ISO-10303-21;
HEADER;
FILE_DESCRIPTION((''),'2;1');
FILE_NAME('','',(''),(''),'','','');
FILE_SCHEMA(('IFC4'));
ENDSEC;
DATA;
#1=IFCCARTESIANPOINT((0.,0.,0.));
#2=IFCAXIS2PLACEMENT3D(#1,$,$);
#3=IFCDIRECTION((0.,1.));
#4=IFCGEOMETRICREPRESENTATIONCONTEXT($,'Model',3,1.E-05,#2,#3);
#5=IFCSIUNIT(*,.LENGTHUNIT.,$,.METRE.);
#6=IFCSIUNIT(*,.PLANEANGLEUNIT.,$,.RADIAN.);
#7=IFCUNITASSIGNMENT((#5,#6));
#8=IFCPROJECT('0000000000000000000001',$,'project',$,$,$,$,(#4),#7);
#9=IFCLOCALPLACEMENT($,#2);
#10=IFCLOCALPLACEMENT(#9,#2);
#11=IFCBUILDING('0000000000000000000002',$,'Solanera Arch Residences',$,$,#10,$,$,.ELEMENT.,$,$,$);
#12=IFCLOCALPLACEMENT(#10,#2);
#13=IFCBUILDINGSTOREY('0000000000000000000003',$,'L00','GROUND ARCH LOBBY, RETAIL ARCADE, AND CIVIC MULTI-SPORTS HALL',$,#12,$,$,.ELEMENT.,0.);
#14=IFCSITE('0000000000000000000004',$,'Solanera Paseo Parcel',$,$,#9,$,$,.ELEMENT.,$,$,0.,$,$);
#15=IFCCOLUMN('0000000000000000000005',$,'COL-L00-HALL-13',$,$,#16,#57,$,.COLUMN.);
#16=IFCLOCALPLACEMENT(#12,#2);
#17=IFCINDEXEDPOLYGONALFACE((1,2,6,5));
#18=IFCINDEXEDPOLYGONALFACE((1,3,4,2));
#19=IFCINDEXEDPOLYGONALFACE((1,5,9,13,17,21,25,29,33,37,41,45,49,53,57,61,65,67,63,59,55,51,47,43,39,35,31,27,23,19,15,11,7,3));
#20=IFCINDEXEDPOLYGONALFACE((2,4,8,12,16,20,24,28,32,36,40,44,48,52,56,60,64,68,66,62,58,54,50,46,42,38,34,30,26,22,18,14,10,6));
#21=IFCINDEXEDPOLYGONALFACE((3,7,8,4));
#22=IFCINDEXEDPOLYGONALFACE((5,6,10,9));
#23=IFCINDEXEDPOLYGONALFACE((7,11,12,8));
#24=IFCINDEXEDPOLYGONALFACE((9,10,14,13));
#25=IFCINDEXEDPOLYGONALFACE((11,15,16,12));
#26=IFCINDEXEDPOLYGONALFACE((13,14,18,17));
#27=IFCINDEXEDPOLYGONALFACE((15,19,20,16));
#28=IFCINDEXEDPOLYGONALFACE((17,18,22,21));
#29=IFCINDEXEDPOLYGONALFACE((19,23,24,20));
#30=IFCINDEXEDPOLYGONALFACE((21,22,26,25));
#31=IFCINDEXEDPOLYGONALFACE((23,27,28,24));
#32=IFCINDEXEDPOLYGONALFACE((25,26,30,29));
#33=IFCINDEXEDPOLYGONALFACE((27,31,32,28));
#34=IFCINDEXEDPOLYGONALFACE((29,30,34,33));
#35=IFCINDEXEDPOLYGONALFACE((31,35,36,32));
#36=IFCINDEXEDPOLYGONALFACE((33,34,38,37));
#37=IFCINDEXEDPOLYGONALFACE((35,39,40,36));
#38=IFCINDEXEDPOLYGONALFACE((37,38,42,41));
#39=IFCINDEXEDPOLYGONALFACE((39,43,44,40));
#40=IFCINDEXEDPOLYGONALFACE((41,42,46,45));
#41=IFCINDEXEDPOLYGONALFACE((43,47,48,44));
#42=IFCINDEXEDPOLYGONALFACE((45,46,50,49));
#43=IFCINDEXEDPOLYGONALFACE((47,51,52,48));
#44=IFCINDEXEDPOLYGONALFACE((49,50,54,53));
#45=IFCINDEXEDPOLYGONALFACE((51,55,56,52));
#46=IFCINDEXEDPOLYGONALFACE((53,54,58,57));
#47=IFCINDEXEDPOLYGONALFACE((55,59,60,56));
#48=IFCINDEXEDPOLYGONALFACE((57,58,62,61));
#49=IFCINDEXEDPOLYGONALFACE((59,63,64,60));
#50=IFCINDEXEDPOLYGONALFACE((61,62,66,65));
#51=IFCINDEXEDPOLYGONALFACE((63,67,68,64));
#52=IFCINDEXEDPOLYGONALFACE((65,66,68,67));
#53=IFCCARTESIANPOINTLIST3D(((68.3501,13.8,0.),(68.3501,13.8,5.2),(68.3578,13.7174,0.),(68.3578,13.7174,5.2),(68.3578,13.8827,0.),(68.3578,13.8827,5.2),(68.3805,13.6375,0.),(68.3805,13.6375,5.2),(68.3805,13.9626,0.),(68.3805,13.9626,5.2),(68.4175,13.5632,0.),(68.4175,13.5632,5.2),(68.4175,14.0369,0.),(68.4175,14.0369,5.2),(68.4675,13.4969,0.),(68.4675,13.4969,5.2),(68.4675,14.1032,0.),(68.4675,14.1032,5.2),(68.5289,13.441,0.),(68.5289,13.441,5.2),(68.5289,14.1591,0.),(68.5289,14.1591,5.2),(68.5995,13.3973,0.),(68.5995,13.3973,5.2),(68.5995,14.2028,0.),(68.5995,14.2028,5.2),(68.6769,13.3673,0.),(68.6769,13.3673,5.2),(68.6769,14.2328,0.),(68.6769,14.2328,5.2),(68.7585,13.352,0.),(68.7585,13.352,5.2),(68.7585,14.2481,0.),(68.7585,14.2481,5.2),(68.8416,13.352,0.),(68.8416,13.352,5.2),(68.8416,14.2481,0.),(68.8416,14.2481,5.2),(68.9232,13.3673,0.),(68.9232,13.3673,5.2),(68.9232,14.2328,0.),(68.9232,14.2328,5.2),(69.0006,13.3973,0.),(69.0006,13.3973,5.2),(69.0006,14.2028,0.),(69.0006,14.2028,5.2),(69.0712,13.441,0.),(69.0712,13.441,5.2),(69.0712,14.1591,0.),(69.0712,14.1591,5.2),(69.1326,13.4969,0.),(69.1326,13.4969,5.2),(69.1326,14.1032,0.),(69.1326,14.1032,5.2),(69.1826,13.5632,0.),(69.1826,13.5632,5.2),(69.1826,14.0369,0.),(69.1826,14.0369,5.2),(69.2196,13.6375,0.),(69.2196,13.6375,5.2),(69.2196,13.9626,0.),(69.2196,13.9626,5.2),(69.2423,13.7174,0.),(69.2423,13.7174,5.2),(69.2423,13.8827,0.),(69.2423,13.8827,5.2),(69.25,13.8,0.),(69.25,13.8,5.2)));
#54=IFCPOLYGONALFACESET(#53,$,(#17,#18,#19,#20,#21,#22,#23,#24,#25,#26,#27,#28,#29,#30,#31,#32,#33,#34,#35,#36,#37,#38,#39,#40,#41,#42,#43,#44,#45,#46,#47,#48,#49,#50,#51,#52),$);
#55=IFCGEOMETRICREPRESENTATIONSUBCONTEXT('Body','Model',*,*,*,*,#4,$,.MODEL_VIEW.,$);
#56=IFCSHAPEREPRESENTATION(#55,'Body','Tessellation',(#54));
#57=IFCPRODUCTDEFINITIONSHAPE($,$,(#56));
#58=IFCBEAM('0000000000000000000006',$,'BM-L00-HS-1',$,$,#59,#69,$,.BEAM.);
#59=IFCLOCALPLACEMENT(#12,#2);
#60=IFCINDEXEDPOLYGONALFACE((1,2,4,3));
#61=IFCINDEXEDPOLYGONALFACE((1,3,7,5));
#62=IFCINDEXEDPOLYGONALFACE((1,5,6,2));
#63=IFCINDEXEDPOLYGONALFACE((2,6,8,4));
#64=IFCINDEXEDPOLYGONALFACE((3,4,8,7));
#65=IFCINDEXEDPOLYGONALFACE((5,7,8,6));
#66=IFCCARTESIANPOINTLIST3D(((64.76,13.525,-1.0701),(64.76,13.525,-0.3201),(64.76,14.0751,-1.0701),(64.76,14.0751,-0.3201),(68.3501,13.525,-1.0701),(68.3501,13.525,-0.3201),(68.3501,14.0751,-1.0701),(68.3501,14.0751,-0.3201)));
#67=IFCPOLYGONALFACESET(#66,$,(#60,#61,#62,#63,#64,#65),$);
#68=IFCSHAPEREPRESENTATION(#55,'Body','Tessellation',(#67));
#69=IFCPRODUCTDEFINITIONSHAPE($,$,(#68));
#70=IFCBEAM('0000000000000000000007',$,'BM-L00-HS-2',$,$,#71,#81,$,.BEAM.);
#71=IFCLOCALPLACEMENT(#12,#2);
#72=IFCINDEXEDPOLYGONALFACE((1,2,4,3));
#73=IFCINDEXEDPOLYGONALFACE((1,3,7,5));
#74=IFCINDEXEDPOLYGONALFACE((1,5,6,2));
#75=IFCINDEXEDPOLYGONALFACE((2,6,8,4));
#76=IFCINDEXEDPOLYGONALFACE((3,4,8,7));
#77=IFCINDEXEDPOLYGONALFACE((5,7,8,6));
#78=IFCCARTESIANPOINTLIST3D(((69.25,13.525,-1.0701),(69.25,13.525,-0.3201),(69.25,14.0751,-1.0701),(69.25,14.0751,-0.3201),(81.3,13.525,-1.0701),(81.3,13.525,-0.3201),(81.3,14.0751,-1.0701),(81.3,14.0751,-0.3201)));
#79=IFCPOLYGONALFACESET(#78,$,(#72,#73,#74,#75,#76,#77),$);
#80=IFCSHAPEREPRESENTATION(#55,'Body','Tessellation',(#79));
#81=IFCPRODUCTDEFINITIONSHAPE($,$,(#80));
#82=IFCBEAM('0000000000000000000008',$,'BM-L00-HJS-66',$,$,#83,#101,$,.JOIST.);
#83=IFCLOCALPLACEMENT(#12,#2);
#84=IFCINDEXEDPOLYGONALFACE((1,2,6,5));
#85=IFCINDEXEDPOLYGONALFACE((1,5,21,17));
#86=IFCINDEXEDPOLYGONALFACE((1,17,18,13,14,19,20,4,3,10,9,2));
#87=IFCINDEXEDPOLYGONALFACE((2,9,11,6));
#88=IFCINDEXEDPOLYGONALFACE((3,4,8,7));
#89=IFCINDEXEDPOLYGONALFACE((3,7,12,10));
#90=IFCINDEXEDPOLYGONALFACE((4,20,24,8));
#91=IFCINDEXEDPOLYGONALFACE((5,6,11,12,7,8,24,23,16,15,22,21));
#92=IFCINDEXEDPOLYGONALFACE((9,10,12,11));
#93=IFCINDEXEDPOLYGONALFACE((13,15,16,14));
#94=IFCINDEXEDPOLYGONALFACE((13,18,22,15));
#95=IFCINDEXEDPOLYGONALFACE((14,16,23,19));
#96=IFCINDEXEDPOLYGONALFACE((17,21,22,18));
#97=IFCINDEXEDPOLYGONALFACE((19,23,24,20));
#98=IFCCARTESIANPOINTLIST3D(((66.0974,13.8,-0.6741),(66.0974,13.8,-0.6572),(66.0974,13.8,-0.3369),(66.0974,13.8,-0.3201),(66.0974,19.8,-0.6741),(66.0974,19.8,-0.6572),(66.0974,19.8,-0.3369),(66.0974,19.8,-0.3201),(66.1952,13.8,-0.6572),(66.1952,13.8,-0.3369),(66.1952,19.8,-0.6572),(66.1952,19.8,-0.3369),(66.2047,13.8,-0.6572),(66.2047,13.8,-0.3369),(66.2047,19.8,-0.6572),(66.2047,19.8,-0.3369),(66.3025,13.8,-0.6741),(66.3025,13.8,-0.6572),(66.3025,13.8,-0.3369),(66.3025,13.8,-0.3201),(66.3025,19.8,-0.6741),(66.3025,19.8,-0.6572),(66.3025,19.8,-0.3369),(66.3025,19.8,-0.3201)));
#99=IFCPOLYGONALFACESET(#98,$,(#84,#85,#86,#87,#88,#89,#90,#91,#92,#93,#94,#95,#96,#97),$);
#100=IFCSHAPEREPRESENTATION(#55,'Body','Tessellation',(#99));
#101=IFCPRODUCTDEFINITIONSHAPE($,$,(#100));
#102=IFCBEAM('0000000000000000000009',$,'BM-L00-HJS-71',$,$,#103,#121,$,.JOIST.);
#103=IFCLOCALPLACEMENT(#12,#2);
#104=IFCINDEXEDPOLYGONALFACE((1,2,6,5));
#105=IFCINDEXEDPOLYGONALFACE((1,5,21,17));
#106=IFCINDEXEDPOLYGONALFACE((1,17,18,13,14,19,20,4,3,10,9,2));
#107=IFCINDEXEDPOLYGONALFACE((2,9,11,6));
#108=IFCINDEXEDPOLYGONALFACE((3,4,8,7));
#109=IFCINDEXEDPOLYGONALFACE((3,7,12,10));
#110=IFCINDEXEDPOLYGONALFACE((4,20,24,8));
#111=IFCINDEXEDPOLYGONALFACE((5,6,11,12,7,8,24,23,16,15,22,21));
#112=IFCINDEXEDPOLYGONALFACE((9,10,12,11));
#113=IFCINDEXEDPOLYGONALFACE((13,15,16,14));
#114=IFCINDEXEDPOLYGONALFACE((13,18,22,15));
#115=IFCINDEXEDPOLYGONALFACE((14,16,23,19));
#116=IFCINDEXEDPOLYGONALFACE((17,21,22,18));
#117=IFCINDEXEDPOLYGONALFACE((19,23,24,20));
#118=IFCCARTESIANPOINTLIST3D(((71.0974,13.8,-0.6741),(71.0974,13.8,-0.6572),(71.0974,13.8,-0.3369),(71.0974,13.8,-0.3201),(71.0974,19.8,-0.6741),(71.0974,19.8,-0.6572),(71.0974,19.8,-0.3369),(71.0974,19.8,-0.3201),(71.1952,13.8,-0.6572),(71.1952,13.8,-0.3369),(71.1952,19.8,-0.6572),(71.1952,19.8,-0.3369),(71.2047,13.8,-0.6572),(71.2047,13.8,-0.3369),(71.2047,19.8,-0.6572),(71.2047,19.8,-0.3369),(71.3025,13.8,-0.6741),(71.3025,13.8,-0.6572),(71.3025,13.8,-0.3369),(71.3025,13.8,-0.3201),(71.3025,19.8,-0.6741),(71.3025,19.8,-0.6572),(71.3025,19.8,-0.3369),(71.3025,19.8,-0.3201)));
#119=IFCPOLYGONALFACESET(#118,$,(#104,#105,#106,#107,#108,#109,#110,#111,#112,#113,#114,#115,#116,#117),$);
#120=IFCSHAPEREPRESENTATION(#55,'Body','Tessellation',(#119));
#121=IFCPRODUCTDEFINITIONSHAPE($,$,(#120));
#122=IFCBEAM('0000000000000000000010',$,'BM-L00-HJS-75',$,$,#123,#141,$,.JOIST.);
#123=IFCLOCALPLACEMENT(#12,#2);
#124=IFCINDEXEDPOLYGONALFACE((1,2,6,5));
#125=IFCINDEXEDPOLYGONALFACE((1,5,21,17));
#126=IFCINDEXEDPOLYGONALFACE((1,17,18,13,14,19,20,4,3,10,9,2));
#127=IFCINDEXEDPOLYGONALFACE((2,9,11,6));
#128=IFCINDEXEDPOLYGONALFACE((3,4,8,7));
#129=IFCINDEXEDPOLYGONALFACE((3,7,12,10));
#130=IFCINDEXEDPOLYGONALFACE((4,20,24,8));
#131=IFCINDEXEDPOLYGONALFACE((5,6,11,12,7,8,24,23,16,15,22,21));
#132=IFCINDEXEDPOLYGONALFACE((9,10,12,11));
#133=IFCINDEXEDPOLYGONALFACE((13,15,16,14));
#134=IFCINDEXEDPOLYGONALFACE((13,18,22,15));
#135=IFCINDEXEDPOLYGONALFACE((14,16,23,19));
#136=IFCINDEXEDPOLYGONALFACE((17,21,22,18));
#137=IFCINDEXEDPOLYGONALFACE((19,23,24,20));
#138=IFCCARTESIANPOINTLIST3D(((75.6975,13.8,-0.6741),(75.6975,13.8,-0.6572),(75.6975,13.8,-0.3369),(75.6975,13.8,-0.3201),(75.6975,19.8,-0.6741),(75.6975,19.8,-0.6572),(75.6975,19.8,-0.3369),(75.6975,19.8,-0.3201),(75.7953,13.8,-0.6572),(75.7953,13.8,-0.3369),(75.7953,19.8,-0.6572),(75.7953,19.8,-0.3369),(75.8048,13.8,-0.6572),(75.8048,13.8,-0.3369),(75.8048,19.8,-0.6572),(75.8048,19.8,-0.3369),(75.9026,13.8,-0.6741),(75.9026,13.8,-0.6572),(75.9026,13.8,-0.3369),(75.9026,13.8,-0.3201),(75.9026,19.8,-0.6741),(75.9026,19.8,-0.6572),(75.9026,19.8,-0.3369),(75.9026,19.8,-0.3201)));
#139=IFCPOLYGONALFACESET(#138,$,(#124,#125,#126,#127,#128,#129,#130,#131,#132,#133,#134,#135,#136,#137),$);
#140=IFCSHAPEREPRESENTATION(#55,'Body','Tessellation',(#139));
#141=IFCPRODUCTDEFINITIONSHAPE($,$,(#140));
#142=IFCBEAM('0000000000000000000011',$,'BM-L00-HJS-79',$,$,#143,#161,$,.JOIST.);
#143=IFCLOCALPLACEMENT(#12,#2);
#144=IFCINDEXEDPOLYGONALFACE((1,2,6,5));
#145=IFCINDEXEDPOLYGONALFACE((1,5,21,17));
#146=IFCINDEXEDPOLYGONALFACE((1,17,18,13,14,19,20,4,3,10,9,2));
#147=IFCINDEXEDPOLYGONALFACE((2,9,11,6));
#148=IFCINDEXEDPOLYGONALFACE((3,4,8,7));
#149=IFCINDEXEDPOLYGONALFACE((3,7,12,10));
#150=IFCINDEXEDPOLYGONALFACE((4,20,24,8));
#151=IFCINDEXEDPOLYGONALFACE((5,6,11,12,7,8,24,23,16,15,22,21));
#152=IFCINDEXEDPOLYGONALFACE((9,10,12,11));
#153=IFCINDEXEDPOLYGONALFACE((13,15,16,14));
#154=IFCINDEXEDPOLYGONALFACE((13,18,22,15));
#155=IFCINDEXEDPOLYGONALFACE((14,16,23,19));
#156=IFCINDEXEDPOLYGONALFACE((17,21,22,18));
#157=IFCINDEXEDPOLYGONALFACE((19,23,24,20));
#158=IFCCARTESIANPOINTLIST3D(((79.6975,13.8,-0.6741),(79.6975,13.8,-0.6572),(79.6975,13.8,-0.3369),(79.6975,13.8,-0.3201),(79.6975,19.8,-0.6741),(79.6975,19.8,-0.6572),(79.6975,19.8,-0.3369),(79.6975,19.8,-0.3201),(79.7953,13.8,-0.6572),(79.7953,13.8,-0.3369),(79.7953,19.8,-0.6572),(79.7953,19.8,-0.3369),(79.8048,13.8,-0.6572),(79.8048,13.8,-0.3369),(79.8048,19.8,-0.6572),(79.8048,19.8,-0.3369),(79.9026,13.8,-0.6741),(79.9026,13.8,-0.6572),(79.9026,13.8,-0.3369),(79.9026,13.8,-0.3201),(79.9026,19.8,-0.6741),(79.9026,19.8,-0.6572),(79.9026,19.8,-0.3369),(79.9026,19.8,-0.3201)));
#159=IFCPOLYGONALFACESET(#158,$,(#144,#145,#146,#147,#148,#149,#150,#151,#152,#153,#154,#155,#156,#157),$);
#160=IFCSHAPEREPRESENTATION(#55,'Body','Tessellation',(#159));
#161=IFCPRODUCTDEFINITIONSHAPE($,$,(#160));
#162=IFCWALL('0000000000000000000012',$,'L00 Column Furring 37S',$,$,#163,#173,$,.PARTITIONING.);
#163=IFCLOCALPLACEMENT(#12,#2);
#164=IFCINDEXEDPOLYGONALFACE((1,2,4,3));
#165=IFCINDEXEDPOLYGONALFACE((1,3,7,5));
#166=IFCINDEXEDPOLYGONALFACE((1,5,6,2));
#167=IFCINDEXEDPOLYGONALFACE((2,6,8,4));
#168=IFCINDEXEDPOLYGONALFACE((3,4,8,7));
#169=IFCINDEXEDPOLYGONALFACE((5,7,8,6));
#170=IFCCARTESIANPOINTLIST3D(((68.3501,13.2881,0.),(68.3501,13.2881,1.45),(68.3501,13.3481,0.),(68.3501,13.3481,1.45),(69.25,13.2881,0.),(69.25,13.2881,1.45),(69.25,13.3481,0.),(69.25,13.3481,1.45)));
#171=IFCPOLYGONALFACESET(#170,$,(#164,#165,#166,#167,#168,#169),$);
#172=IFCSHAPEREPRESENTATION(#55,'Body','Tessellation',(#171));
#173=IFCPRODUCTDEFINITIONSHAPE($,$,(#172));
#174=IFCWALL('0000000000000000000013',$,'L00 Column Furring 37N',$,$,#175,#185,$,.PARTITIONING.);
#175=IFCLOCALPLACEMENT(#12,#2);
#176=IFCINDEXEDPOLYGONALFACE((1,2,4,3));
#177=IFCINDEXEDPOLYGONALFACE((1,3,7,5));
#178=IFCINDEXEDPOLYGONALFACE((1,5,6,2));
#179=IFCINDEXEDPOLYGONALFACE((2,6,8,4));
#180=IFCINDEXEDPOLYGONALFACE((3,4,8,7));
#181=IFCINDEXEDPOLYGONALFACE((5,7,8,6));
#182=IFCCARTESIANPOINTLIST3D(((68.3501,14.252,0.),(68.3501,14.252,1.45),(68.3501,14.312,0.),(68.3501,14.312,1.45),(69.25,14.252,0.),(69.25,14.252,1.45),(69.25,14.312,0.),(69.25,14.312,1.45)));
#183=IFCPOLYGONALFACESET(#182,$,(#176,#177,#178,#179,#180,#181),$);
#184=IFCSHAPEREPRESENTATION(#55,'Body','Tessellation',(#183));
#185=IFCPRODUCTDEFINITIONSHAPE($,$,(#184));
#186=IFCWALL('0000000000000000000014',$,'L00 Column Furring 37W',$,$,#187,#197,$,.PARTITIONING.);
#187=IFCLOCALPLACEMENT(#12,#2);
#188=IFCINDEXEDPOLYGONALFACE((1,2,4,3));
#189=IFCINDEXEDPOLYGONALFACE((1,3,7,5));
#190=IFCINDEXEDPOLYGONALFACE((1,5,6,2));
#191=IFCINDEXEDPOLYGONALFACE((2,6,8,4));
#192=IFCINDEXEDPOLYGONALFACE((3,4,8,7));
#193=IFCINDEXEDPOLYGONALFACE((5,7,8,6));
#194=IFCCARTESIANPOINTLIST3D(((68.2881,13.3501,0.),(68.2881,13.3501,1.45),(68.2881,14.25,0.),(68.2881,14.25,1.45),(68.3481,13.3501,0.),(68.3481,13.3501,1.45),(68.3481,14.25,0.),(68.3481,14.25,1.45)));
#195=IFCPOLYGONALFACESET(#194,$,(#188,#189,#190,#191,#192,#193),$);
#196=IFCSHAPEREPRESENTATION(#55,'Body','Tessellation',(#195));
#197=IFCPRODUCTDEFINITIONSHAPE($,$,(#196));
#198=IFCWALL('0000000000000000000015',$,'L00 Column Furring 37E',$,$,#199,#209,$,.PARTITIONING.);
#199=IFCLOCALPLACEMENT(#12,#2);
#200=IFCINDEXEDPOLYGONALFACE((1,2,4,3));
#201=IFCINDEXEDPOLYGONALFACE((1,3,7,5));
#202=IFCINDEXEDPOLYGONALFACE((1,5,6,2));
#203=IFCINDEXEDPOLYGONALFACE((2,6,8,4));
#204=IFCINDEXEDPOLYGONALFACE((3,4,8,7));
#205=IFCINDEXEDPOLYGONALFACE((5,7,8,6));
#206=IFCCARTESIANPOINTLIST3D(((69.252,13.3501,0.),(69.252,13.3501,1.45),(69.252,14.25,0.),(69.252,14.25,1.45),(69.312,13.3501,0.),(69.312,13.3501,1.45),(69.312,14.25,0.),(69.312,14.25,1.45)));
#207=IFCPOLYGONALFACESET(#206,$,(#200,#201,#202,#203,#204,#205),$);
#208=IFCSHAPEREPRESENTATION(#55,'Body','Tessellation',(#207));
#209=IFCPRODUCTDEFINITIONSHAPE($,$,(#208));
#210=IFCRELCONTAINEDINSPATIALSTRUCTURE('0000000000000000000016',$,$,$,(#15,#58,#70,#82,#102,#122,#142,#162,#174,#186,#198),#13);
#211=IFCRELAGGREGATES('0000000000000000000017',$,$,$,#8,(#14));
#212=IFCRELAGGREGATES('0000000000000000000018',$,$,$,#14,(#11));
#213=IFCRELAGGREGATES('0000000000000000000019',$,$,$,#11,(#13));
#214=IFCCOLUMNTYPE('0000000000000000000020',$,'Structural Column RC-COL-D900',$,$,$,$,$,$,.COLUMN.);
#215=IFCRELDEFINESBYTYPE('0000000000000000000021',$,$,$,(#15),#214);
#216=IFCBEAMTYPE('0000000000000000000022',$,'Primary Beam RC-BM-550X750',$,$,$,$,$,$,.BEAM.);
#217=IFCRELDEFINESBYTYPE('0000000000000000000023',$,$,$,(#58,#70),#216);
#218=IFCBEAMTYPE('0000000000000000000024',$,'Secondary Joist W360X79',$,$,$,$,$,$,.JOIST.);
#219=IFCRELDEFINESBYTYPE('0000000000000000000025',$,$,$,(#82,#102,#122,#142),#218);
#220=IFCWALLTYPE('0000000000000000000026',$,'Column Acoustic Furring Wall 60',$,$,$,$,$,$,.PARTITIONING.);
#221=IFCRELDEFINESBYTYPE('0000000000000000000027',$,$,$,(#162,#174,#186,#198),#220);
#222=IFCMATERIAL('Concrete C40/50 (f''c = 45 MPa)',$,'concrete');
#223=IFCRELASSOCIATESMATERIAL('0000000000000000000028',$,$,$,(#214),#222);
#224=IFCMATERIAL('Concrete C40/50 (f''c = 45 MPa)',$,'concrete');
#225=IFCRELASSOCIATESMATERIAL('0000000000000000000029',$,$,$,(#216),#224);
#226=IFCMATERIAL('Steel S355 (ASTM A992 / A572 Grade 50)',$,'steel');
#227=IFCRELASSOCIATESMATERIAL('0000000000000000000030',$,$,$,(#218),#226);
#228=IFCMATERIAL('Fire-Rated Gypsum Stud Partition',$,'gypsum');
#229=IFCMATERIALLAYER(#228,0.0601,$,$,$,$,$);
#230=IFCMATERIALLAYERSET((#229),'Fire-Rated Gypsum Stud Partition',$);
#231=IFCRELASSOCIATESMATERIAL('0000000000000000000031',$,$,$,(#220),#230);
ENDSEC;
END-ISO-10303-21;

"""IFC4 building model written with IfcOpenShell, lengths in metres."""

from ifc_helpers import new_model, si_unit, direction, frame, frame_2d, origin, origin_2d, place, context, subcontext, project, spatial, rectangle, circle, i_section, extrude, material, layer, layer_set, material_profile, profile_set, type_object, element, save


model = new_model("IFC4")

# Units and contexts
model_context = context("Model", 3, precision=1e-05, world=origin(), true_north=direction((0.0, 1.0)))
body_context = subcontext(model_context, "Body", "Model", "MODEL_VIEW")
ifc_project = project(units=[si_unit("LENGTHUNIT", "METRE"), si_unit("PLANEANGLEUNIT", "RADIAN")], contexts=[model_context])

# Site, building, storey
site_placement = place(None, origin())
site = spatial("IfcSite", under=ifc_project, at=site_placement, Name="Solanera Paseo Parcel", CompositionType="ELEMENT", RefElevation=0.0)
building_placement = place(site_placement, origin())
building = spatial("IfcBuilding", under=site, at=building_placement, Name="Solanera Arch Residences", CompositionType="ELEMENT")
storey_placement = place(building_placement, origin())
storey = spatial("IfcBuildingStorey", under=building, at=storey_placement, Name="L00", Description="GROUND ARCH LOBBY, RETAIL ARCADE, AND CIVIC MULTI-SPORTS HALL", CompositionType="ELEMENT", Elevation=0.0)

# Column
ifc_material_1 = material(Name="Concrete C40/50 (f'c = 45 MPa)", Category="concrete")
ifc_material_profile_1 = material_profile(ifc_material_1, circle(Radius=0.45, at=origin_2d()))
ifc_profile_set_1 = profile_set([ifc_material_profile_1], Name="Concrete C40/50 (f'c = 45 MPa)")
column_type = type_object("IfcColumnType", Name="Structural Column RC-COL-D900", PredefinedType="COLUMN", material=ifc_profile_set_1)
column_placement = place(storey_placement, frame((68.8, 13.8, 0.0), z_axis=(0.0, 0.0, 1.0), x_axis=(1.0, 0.0, 0.0)))
element("IfcColumn", 1, at=column_placement, inside=storey, type_object=column_type, Name="COL-L00-HALL-13", PredefinedType="COLUMN", context=body_context, shape_type="SweptSolid", body=[
    extrude(circle(Radius=0.45, at=origin_2d()), origin(), (0.0, 0.0, 1.0), 5.2),
])

# Beams
ifc_material_2 = material(Name="Concrete C40/50 (f'c = 45 MPa)", Category="concrete")
ifc_material_profile_2 = material_profile(ifc_material_2, rectangle(XDim=0.55, YDim=0.75, at=origin_2d()))
ifc_profile_set_2 = profile_set([ifc_material_profile_2], Name="Concrete C40/50 (f'c = 45 MPa)")
beam_type_1 = type_object("IfcBeamType", Name="Primary Beam RC-BM-550X750", PredefinedType="BEAM", material=ifc_profile_set_2)
beam_1_placement = place(storey_placement, frame((64.76, 13.8, -0.6951), z_axis=(1.0, 0.0, 0.0), x_axis=(0.0, 1.0, 0.0)))
element("IfcBeam", 2, at=beam_1_placement, inside=storey, type_object=beam_type_1, Name="BM-L00-HS-1", PredefinedType="BEAM", context=body_context, shape_type="SweptSolid", body=[
    extrude(rectangle(XDim=0.55, YDim=0.75, at=origin_2d()), origin(), (0.0, 0.0, 1.0), 3.5901),
])
beam_2_placement = place(storey_placement, frame((69.25, 13.8, -0.6951), z_axis=(1.0, 0.0, 0.0), x_axis=(0.0, 1.0, 0.0)))
element("IfcBeam", 3, at=beam_2_placement, inside=storey, type_object=beam_type_1, Name="BM-L00-HS-2", PredefinedType="BEAM", context=body_context, shape_type="SweptSolid", body=[
    extrude(rectangle(XDim=0.55, YDim=0.75, at=origin_2d()), origin(), (0.0, 0.0, 1.0), 12.05),
])
ifc_material_3 = material(Name="Steel S355 (ASTM A992 / A572 Grade 50)", Category="steel")
ifc_material_profile_3 = material_profile(ifc_material_3, i_section(OverallWidth=0.2051, OverallDepth=0.354, WebThickness=0.0095, FlangeThickness=0.0168, at=origin_2d()))
ifc_profile_set_3 = profile_set([ifc_material_profile_3], Name="Steel S355 (ASTM A992 / A572 Grade 50)")
beam_type_2 = type_object("IfcBeamType", Name="Secondary Joist W360X79", PredefinedType="JOIST", material=ifc_profile_set_3)
for number, where, z_axis, x_axis, name in (
    (4, (66.2, 13.8, -0.4971), (0.0, 1.0, 0.0), (-1.0, 0.0, 0.0), "BM-L00-HJS-66"),
    (5, (71.2, 13.8, -0.4971), (0.0, 1.0, 0.0), (-1.0, 0.0, 0.0), "BM-L00-HJS-71"),
    (6, (75.8, 13.8, -0.4971), (0.0, 1.0, 0.0), (-1.0, 0.0, 0.0), "BM-L00-HJS-75"),
    (7, (79.8, 13.8, -0.4971), (0.0, 1.0, 0.0), (-1.0, 0.0, 0.0), "BM-L00-HJS-79"),
):
    element("IfcBeam", number, at=place(storey_placement, frame(where, z_axis=z_axis, x_axis=x_axis)), inside=storey, type_object=beam_type_2, Name=name, PredefinedType="JOIST", context=body_context, shape_type="SweptSolid", body=[
        extrude(i_section(OverallWidth=0.2051, OverallDepth=0.354, WebThickness=0.0095, FlangeThickness=0.0168, at=origin_2d()), origin(), (0.0, 0.0, 1.0), 6.0),
    ])

# Walls
ifc_material_4 = material(Name="Fire-Rated Gypsum Stud Partition", Category="gypsum")
ifc_layer_1 = layer(ifc_material_4, 0.0601)
ifc_layer_set_1 = layer_set([ifc_layer_1], Name="Fire-Rated Gypsum Stud Partition")
wall_type_1 = type_object("IfcWallType", Name="Column Acoustic Furring Wall 60", PredefinedType="PARTITIONING", material=ifc_layer_set_1)
for number, where, z_axis, x_axis, name in (
    (8, (68.3501, 13.3181, 0.0), (0.0, 0.0, 1.0), (1.0, 0.0, 0.0), "L00 Column Furring 37S"),
    (9, (68.3501, 14.282, 0.0), (0.0, 0.0, 1.0), (1.0, 0.0, 0.0), "L00 Column Furring 37N"),
    (10, (68.3181, 13.3501, 0.0), (0.0, 0.0, 1.0), (0.0, 1.0, 0.0), "L00 Column Furring 37W"),
    (11, (69.282, 13.3501, 0.0), (0.0, 0.0, 1.0), (0.0, 1.0, 0.0), "L00 Column Furring 37E"),
):
    element("IfcWall", number, at=place(storey_placement, frame(where, z_axis=z_axis, x_axis=x_axis)), inside=storey, type_object=wall_type_1, Name=name, PredefinedType="PARTITIONING", context=body_context, shape_type="SweptSolid", body=[
        extrude(rectangle(XDim=0.8999, YDim=0.0601, at=frame_2d((0.45, 0.0))), origin(), (0.0, 0.0, 1.0), 1.45),
    ])

save(model, "model.ifc")
